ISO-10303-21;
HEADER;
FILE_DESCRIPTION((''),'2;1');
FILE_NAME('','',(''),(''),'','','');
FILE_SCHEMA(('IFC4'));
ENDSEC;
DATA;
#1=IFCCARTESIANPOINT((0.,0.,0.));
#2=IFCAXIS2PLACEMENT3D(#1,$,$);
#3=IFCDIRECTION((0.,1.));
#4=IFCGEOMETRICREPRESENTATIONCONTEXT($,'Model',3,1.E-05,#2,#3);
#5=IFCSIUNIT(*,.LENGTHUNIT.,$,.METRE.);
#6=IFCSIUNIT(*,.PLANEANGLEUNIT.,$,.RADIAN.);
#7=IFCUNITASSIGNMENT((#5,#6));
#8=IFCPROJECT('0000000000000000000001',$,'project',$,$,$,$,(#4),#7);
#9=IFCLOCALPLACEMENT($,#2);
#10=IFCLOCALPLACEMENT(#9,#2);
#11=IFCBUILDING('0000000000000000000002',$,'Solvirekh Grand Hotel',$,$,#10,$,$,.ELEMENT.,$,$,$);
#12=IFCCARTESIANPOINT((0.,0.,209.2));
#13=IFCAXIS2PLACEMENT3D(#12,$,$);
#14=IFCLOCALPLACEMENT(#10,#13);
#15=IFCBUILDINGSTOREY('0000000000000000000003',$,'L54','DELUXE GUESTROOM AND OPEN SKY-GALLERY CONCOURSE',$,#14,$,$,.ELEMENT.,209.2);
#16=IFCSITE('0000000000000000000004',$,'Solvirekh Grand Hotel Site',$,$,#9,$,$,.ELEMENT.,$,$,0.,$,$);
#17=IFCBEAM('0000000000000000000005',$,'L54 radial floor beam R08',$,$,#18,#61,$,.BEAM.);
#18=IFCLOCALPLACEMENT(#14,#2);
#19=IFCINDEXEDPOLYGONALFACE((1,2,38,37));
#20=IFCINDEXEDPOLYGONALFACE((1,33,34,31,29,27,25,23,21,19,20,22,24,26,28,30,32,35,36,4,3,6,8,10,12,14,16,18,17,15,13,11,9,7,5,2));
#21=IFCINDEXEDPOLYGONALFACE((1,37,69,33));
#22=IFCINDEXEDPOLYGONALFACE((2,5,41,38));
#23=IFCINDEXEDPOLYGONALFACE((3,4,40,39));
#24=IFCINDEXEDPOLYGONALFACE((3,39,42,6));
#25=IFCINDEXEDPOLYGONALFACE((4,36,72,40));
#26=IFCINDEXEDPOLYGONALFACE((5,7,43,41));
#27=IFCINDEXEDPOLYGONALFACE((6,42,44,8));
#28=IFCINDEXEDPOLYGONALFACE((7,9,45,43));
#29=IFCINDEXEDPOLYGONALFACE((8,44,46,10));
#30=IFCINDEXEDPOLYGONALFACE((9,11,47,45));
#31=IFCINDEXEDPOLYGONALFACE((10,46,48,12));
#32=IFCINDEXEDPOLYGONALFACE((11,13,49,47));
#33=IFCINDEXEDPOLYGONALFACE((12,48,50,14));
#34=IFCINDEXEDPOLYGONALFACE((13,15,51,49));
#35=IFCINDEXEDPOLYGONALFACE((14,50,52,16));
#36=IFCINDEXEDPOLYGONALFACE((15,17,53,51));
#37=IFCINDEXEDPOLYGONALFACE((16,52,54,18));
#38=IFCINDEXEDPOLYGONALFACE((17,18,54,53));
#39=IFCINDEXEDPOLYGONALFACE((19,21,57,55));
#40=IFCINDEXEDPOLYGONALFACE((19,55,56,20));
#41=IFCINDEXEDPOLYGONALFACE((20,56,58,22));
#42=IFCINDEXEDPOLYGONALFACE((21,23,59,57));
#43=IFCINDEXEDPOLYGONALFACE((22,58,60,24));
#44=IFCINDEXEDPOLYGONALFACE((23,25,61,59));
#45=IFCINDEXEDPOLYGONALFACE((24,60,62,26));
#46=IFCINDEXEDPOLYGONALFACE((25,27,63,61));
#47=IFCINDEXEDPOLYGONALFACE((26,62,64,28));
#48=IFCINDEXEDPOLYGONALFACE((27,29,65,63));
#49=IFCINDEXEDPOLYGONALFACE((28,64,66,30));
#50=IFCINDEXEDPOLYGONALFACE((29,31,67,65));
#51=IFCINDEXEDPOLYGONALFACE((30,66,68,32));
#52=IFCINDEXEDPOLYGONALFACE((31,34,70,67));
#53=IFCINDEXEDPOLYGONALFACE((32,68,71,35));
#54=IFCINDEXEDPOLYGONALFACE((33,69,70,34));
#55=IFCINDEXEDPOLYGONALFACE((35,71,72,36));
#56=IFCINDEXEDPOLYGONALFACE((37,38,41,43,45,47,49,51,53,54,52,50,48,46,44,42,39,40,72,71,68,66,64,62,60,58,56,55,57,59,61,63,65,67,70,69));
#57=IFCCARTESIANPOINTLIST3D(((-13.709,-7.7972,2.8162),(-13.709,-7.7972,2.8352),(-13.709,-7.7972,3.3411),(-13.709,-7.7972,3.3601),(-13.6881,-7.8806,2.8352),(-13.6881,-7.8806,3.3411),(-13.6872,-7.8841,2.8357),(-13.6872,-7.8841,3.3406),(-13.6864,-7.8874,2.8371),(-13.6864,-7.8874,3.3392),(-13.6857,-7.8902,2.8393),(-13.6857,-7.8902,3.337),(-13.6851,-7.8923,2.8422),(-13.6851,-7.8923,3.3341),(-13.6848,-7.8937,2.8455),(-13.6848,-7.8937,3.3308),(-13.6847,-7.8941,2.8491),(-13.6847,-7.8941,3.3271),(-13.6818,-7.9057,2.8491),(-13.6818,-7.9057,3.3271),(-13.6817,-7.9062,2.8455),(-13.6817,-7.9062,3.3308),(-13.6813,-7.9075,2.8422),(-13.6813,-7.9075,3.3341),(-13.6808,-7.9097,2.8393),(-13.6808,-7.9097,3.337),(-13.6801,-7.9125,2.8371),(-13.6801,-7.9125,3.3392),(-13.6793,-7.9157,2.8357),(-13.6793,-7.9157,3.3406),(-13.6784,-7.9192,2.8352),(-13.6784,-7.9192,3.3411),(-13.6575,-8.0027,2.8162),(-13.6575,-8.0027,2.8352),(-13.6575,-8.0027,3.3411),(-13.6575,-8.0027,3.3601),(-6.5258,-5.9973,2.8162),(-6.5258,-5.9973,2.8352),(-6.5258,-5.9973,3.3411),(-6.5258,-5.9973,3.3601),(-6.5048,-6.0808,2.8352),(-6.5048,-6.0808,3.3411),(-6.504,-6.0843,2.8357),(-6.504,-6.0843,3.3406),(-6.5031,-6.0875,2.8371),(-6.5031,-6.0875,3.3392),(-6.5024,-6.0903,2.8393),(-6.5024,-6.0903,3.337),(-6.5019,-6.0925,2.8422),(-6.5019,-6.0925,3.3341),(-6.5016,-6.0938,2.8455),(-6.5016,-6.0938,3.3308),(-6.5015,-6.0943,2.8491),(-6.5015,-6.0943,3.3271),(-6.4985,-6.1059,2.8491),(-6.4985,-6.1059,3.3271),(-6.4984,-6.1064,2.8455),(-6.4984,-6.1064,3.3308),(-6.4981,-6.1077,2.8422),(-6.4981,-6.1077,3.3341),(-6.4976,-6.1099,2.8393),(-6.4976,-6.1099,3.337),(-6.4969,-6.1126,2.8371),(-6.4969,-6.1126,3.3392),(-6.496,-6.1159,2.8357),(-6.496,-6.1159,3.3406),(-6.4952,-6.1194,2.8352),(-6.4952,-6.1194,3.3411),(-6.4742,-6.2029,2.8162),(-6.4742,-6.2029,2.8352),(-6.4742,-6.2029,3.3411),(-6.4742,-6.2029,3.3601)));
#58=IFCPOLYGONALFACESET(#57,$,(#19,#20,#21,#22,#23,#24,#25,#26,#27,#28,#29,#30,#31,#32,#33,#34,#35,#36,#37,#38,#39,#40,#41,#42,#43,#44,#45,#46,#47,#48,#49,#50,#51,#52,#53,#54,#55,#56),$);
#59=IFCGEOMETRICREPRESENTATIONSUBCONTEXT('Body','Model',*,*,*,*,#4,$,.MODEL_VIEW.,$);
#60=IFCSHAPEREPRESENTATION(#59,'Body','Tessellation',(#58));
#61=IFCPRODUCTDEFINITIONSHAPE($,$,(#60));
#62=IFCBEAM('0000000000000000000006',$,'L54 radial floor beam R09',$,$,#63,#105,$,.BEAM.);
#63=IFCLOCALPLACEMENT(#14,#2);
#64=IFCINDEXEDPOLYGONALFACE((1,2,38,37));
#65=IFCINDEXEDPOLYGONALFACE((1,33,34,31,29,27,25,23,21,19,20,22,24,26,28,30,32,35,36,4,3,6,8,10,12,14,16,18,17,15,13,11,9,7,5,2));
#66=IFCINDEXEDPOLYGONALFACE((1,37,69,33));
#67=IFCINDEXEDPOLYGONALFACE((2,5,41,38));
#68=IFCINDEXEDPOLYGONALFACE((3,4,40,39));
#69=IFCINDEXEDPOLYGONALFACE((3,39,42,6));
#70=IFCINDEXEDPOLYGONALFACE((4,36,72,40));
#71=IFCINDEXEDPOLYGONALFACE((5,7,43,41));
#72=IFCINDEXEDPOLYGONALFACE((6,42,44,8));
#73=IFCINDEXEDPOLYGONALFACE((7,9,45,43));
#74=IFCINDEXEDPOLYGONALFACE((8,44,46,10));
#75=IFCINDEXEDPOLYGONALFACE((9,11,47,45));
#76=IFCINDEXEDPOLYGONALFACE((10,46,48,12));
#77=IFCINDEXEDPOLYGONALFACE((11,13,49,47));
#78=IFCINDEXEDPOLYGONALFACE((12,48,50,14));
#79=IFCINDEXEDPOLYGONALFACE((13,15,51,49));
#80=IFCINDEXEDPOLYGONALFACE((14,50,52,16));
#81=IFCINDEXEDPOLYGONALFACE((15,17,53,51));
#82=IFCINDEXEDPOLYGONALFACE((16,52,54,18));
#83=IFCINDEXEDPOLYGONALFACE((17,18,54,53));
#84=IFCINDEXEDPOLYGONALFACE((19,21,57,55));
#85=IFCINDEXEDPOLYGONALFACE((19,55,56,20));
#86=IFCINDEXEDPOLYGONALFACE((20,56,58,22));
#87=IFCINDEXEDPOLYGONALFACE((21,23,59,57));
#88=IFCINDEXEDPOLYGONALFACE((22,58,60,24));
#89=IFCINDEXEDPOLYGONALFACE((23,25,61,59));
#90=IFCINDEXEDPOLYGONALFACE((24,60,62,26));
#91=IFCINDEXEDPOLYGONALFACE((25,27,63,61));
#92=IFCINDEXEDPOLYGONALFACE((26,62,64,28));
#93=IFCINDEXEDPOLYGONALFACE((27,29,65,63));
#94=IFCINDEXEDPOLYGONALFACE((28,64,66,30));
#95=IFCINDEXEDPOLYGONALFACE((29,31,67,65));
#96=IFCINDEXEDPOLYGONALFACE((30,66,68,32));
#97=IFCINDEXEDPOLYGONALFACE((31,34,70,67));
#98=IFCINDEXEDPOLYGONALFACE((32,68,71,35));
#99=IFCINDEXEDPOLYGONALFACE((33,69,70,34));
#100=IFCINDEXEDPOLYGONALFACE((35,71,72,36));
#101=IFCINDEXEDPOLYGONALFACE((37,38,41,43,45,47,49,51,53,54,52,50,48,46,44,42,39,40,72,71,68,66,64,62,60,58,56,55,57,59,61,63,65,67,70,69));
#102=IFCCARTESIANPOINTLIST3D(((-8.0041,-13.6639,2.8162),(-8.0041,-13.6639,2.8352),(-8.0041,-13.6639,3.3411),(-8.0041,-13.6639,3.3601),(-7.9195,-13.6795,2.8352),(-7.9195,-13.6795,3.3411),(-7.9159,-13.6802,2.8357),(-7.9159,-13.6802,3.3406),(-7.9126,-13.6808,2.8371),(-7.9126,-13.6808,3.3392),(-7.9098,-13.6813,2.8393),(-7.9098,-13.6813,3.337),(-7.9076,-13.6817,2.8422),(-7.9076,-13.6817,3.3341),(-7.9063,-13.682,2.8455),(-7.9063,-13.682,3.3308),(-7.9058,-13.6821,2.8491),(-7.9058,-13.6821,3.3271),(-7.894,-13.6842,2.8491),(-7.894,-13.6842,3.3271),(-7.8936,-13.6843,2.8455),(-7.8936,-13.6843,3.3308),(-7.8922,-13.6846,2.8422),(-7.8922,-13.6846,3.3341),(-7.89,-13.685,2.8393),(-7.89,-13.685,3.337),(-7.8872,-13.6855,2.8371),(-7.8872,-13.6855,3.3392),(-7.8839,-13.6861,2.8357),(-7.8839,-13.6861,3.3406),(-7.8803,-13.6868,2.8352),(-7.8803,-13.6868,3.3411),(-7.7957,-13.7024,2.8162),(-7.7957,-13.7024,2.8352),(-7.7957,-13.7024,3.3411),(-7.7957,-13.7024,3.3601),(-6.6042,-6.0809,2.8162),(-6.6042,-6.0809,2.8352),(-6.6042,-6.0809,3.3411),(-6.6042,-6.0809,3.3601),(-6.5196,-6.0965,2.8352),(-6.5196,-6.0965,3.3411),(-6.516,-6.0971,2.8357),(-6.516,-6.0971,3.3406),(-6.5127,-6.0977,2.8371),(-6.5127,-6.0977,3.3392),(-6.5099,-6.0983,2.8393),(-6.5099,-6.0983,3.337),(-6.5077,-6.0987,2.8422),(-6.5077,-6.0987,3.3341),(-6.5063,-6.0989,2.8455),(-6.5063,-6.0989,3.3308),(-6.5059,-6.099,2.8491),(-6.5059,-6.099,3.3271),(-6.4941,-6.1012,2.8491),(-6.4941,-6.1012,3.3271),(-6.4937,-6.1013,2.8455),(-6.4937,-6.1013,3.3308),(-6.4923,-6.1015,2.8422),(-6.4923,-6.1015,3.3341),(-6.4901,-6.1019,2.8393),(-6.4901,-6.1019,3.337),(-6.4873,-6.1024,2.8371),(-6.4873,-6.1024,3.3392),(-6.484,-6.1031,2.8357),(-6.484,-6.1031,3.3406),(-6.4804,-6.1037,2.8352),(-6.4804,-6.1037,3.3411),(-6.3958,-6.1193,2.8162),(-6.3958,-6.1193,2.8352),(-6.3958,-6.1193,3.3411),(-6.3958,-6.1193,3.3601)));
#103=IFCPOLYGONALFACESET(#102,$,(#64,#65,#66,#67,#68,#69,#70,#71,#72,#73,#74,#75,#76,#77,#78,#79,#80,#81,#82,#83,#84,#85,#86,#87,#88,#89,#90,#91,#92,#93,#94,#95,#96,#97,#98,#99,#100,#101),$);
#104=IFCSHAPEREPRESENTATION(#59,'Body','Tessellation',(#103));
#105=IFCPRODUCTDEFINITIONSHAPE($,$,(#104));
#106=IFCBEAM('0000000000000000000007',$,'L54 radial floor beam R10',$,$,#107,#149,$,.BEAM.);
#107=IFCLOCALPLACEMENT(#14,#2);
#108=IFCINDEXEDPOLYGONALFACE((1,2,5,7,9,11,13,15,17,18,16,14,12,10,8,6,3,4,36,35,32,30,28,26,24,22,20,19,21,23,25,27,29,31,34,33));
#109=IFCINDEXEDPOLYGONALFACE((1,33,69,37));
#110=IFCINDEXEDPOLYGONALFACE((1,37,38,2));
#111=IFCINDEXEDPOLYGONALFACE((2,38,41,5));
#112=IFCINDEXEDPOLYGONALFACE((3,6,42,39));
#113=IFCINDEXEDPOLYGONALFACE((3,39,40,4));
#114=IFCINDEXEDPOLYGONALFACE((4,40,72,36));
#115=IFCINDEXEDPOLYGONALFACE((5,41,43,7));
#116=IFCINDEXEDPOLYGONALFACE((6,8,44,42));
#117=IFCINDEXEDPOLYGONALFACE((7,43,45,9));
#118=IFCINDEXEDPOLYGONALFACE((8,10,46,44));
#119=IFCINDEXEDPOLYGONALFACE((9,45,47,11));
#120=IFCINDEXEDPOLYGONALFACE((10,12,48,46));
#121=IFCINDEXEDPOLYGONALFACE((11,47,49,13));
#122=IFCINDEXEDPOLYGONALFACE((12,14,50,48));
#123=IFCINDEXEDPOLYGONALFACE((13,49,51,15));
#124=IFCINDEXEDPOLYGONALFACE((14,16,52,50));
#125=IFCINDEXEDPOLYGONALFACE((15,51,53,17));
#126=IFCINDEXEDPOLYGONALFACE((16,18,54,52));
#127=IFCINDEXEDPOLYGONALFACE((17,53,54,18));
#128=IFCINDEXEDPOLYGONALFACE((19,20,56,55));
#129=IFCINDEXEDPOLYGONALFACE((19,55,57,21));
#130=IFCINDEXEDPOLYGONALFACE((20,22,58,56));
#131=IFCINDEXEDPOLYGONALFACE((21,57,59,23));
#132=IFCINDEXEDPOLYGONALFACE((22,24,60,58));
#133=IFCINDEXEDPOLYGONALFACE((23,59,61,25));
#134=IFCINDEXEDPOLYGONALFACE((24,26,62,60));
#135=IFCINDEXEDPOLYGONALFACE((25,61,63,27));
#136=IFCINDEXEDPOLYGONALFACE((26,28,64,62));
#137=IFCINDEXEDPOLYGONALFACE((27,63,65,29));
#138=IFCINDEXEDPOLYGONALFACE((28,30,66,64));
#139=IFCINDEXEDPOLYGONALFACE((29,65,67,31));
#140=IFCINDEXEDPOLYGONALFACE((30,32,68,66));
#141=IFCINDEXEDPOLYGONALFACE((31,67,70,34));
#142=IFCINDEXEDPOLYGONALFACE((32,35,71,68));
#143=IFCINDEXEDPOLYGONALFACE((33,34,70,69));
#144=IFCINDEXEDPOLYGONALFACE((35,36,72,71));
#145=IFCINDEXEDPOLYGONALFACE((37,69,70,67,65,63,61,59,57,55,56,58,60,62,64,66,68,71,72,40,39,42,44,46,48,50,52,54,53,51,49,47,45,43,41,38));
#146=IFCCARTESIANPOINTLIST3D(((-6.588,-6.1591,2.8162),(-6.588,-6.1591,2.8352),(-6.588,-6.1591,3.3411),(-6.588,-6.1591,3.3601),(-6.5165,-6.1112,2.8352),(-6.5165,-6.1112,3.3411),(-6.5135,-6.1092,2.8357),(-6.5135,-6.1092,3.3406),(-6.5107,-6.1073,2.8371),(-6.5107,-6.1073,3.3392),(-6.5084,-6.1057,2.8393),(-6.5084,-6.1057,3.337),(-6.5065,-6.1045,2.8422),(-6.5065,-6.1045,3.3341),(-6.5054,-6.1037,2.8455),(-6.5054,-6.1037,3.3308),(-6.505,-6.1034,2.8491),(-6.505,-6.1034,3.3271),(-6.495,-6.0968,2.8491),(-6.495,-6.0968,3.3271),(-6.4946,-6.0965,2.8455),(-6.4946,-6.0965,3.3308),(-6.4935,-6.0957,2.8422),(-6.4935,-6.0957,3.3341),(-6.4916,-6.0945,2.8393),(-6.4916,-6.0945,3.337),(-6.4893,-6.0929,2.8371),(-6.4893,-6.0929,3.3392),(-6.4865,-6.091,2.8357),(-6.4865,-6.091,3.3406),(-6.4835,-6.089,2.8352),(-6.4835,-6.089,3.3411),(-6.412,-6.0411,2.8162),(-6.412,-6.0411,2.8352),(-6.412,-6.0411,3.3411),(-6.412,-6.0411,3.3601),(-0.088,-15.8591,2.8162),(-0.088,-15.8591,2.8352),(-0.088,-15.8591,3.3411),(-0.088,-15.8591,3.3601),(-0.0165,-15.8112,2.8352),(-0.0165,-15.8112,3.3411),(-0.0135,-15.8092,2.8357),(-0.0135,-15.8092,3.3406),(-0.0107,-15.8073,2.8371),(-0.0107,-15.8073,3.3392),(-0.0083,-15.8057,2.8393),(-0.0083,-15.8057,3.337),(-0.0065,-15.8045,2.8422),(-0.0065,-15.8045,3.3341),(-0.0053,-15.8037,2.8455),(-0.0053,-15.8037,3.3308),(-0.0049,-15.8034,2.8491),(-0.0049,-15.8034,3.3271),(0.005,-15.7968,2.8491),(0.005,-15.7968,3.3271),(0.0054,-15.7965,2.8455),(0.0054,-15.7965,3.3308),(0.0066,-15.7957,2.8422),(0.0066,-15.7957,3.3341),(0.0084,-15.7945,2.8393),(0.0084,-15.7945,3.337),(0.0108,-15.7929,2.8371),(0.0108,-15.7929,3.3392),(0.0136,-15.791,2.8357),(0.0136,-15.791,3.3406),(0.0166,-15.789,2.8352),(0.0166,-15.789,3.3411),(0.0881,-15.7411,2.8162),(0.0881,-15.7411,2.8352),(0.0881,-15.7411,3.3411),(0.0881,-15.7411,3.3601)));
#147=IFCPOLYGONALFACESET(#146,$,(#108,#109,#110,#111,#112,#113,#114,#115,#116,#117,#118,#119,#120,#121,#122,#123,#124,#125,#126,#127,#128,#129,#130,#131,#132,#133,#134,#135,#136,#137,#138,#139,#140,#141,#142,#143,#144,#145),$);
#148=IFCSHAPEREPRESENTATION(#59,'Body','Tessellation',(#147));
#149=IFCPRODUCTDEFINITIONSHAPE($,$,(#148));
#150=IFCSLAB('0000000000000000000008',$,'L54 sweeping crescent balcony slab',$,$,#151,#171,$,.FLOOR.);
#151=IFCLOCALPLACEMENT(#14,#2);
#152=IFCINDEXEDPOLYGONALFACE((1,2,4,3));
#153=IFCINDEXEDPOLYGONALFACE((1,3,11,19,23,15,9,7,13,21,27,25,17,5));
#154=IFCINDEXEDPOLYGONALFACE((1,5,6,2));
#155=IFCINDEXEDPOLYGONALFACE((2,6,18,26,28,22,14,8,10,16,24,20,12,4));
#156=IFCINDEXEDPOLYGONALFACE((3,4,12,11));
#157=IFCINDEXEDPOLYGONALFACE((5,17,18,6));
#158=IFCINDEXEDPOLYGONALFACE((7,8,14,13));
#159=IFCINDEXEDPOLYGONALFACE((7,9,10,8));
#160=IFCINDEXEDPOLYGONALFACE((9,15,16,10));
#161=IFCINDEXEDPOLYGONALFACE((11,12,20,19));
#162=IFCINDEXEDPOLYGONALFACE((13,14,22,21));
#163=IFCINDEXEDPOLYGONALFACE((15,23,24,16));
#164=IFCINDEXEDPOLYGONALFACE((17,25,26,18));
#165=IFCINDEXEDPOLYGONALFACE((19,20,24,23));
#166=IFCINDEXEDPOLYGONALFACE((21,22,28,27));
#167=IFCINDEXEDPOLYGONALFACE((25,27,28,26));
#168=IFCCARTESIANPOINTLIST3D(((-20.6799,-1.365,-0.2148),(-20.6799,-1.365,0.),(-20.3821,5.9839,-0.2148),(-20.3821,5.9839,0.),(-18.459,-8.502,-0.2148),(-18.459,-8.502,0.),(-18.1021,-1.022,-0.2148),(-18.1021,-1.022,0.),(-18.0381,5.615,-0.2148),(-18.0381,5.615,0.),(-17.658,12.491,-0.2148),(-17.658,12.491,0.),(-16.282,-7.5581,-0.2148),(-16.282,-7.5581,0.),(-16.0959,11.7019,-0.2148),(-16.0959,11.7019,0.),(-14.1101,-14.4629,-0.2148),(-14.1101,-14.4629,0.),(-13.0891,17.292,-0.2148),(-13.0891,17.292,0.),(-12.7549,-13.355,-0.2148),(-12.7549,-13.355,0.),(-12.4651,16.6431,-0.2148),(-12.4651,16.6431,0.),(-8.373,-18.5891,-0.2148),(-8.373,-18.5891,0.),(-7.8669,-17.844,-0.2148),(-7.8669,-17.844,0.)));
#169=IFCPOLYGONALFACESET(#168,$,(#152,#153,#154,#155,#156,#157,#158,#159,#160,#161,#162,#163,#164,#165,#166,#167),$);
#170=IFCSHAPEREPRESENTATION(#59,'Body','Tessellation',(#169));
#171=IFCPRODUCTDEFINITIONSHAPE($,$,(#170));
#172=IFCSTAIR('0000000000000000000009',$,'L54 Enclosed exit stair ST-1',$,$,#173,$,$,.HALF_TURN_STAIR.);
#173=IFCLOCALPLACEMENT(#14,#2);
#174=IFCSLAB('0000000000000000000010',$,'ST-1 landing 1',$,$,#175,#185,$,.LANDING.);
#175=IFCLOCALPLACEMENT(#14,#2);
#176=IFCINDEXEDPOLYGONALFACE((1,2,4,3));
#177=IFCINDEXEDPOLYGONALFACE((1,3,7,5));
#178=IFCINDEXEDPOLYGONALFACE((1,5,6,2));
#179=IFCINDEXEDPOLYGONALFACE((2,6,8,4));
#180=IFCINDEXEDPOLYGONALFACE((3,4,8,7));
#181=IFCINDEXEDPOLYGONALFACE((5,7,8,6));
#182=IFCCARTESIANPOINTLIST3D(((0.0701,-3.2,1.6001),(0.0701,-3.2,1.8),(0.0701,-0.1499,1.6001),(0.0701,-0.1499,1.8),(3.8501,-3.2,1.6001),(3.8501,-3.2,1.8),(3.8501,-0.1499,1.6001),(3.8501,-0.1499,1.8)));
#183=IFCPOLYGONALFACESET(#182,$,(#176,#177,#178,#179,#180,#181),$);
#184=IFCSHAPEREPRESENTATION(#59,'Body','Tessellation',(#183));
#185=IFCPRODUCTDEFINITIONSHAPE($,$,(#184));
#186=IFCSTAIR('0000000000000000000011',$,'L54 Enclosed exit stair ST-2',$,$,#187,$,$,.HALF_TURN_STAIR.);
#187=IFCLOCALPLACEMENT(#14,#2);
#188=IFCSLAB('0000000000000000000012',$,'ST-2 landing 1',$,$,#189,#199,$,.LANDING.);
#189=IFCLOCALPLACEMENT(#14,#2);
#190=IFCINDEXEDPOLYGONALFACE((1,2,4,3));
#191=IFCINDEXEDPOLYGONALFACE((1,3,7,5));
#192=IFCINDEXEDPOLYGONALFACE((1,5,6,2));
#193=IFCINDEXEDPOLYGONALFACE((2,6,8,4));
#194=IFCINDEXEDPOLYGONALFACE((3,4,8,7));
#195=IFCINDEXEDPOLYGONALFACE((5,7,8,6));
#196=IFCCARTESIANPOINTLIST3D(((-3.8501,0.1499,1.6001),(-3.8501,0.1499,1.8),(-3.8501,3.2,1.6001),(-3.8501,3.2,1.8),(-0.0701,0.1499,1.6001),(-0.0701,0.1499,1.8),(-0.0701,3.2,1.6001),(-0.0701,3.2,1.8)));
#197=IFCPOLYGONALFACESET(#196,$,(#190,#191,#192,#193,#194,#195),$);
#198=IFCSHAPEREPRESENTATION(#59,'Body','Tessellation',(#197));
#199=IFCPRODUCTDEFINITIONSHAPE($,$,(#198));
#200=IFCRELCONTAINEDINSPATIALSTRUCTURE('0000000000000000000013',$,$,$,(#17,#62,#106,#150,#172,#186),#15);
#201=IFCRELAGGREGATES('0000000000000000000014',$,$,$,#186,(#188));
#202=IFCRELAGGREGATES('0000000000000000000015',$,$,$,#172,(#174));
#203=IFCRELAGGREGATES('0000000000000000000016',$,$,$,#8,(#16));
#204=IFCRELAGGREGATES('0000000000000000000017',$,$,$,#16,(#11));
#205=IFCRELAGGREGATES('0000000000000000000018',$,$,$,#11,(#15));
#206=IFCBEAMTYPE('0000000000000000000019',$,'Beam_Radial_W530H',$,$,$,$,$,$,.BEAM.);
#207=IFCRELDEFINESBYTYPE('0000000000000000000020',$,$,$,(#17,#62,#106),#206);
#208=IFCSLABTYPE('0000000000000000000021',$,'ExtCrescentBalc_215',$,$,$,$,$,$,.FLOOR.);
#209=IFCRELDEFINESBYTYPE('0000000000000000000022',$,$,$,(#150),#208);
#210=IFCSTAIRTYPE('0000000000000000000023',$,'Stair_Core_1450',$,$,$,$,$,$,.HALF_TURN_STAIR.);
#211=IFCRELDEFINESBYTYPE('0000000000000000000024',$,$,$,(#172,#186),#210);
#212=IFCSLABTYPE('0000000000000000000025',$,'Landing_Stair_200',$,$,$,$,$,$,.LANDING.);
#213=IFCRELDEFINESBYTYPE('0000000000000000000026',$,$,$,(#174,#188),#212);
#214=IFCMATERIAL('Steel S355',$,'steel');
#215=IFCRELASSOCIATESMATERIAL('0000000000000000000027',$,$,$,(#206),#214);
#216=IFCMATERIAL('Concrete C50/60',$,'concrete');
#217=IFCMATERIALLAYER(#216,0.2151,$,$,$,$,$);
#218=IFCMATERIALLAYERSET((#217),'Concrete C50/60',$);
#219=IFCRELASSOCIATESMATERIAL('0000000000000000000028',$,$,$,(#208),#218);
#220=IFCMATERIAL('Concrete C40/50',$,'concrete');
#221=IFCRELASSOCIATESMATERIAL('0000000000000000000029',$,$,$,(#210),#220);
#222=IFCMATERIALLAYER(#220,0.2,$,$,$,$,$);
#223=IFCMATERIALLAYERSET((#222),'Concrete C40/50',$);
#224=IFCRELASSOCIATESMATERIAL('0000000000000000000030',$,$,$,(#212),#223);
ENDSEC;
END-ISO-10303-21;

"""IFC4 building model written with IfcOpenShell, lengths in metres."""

from ifc_helpers import new_model, si_unit, direction, frame, origin, origin_2d, place, context, subcontext, project, spatial, polyline, i_section, outline, extrude, material, layer, layer_set, material_profile, profile_set, type_object, element, aggregate, save


model = new_model("IFC4")

# Units and contexts
model_context = context("Model", 3, precision=1e-05, world=origin(), true_north=direction((0.0, 1.0)))
body_context = subcontext(model_context, "Body", "Model", "MODEL_VIEW")
ifc_project = project(units=[si_unit("LENGTHUNIT", "METRE"), si_unit("PLANEANGLEUNIT", "RADIAN")], contexts=[model_context])

# Site, building, storey
site_placement = place(None, origin())
site = spatial("IfcSite", under=ifc_project, at=site_placement, Name="Solvirekh Grand Hotel Site", CompositionType="ELEMENT", RefElevation=0.0)
building_placement = place(site_placement, origin())
building = spatial("IfcBuilding", under=site, at=building_placement, Name="Solvirekh Grand Hotel", CompositionType="ELEMENT")
storey_placement = place(building_placement, frame((0.0, 0.0, 209.2)))
storey = spatial("IfcBuildingStorey", under=building, at=storey_placement, Name="L54", Description="DELUXE GUESTROOM AND OPEN SKY-GALLERY CONCOURSE", CompositionType="ELEMENT", Elevation=209.2)

# Beams
ifc_material_1 = material(Name="Steel S355", Category="steel")
ifc_material_profile = material_profile(ifc_material_1, i_section(OverallWidth=0.2119, OverallDepth=0.5439, WebThickness=0.012, FlangeThickness=0.019, FilletRadius=0.0139, at=origin_2d()), Name="W530X123")
ifc_profile_set = profile_set([ifc_material_profile], Name="Steel S355")
beam_type = type_object("IfcBeamType", Name="Beam_Radial_W530H", PredefinedType="BEAM", material=ifc_profile_set)
beam_1_placement = place(storey_placement, frame((-6.5, -6.1001, 3.0881), z_axis=(-0.970014, -0.243048, 0.0), x_axis=(0.243048, -0.970014, 0.0)))
element("IfcBeam", 1, at=beam_1_placement, inside=storey, type_object=beam_type, Name="L54 radial floor beam R08", PredefinedType="BEAM", context=body_context, shape_type="SweptSolid", body=[
    extrude(i_section(OverallWidth=0.2119, OverallDepth=0.5439, WebThickness=0.012, FlangeThickness=0.019, FilletRadius=0.0139, at=origin_2d()), origin(), (0.0, 0.0, 1.0), 7.4053),
])
beam_2_placement = place(storey_placement, frame((-6.5, -6.1001, 3.0881), z_axis=(-0.181543, -0.983383, 0.0), x_axis=(0.983383, -0.181543, 0.0)))
element("IfcBeam", 2, at=beam_2_placement, inside=storey, type_object=beam_type, Name="L54 radial floor beam R09", PredefinedType="BEAM", context=body_context, shape_type="SweptSolid", body=[
    extrude(i_section(OverallWidth=0.2119, OverallDepth=0.5439, WebThickness=0.012, FlangeThickness=0.019, FilletRadius=0.0139, at=origin_2d()), origin(), (0.0, 0.0, 1.0), 7.7112),
])
beam_3_placement = place(storey_placement, frame((-6.5, -6.1001, 3.0881), z_axis=(0.556677, -0.830729, 0.0), x_axis=(0.830729, 0.556677, 0.0)))
element("IfcBeam", 3, at=beam_3_placement, inside=storey, type_object=beam_type, Name="L54 radial floor beam R10", PredefinedType="BEAM", context=body_context, shape_type="SweptSolid", body=[
    extrude(i_section(OverallWidth=0.2119, OverallDepth=0.5439, WebThickness=0.012, FlangeThickness=0.019, FilletRadius=0.0139, at=origin_2d()), origin(), (0.0, 0.0, 1.0), 11.6765),
])

# Slab
ifc_material_2 = material(Name="Concrete C50/60", Category="concrete")
ifc_layer_1 = layer(ifc_material_2, 0.2151)
ifc_layer_set_1 = layer_set([ifc_layer_1], Name="Concrete C50/60")
slab_type_1 = type_object("IfcSlabType", Name="ExtCrescentBalc_215", PredefinedType="FLOOR", material=ifc_layer_set_1)
slab_1_placement = place(storey_placement, frame((0.0, 0.0, -0.2148)))
element("IfcSlab", 4, at=slab_1_placement, inside=storey, type_object=slab_type_1, Name="L54 sweeping crescent balcony slab", PredefinedType="FLOOR", context=body_context, shape_type="SweptSolid", body=[
    extrude(outline(polyline([(-13.0891, 17.292), (-17.658, 12.491), (-20.3821, 5.9839), (-20.6799, -1.365), (-18.459, -8.502), (-14.1101, -14.4629), (-8.373, -18.5891), (-7.8669, -17.844), (-12.7549, -13.355), (-16.282, -7.5581), (-18.1021, -1.022), (-18.0381, 5.615), (-16.0959, 11.7019), (-12.4651, 16.6431), (-13.0891, 17.292)])), origin(), (0.0, 0.0, 1.0), 0.2148),
])

# Stairs, slabs
ifc_material_3 = material(Name="Concrete C40/50", Category="concrete")
stair_type = type_object("IfcStairType", Name="Stair_Core_1450", PredefinedType="HALF_TURN_STAIR", material=ifc_material_3)
stair_1_placement = place(storey_placement, origin())
stair_1 = element("IfcStair", 5, at=stair_1_placement, inside=storey, type_object=stair_type, Name="L54 Enclosed exit stair ST-1", PredefinedType="HALF_TURN_STAIR")
ifc_layer_2 = layer(ifc_material_3, 0.2)
ifc_layer_set_2 = layer_set([ifc_layer_2], Name="Concrete C40/50")
slab_type_2 = type_object("IfcSlabType", Name="Landing_Stair_200", PredefinedType="LANDING", material=ifc_layer_set_2)
slab_2_placement = place(storey_placement, frame((0.0, 0.0, 1.6001)))
slab_2 = element("IfcSlab", 6, at=slab_2_placement, type_object=slab_type_2, Name="ST-1 landing 1", PredefinedType="LANDING", context=body_context, shape_type="SweptSolid", body=[
    extrude(outline(polyline([(0.0701, -3.2), (3.8501, -3.2), (3.8501, -0.1499), (0.0701, -0.1499), (0.0701, -3.2)])), origin(), (0.0, 0.0, 1.0), 0.2),
])
stair_2_placement = place(storey_placement, origin())
stair_2 = element("IfcStair", 7, at=stair_2_placement, inside=storey, type_object=stair_type, Name="L54 Enclosed exit stair ST-2", PredefinedType="HALF_TURN_STAIR")
slab_3_placement = place(storey_placement, frame((0.0, 0.0, 1.6001)))
slab_3 = element("IfcSlab", 8, at=slab_3_placement, type_object=slab_type_2, Name="ST-2 landing 1", PredefinedType="LANDING", context=body_context, shape_type="SweptSolid", body=[
    extrude(outline(polyline([(-0.0701, 3.2), (-3.8501, 3.2), (-3.8501, 0.1499), (-0.0701, 0.1499), (-0.0701, 3.2)])), origin(), (0.0, 0.0, 1.0), 0.2),
])
aggregate(stair_2, [slab_3])

aggregate(stair_1, [slab_2])

save(model, "model.ifc")
